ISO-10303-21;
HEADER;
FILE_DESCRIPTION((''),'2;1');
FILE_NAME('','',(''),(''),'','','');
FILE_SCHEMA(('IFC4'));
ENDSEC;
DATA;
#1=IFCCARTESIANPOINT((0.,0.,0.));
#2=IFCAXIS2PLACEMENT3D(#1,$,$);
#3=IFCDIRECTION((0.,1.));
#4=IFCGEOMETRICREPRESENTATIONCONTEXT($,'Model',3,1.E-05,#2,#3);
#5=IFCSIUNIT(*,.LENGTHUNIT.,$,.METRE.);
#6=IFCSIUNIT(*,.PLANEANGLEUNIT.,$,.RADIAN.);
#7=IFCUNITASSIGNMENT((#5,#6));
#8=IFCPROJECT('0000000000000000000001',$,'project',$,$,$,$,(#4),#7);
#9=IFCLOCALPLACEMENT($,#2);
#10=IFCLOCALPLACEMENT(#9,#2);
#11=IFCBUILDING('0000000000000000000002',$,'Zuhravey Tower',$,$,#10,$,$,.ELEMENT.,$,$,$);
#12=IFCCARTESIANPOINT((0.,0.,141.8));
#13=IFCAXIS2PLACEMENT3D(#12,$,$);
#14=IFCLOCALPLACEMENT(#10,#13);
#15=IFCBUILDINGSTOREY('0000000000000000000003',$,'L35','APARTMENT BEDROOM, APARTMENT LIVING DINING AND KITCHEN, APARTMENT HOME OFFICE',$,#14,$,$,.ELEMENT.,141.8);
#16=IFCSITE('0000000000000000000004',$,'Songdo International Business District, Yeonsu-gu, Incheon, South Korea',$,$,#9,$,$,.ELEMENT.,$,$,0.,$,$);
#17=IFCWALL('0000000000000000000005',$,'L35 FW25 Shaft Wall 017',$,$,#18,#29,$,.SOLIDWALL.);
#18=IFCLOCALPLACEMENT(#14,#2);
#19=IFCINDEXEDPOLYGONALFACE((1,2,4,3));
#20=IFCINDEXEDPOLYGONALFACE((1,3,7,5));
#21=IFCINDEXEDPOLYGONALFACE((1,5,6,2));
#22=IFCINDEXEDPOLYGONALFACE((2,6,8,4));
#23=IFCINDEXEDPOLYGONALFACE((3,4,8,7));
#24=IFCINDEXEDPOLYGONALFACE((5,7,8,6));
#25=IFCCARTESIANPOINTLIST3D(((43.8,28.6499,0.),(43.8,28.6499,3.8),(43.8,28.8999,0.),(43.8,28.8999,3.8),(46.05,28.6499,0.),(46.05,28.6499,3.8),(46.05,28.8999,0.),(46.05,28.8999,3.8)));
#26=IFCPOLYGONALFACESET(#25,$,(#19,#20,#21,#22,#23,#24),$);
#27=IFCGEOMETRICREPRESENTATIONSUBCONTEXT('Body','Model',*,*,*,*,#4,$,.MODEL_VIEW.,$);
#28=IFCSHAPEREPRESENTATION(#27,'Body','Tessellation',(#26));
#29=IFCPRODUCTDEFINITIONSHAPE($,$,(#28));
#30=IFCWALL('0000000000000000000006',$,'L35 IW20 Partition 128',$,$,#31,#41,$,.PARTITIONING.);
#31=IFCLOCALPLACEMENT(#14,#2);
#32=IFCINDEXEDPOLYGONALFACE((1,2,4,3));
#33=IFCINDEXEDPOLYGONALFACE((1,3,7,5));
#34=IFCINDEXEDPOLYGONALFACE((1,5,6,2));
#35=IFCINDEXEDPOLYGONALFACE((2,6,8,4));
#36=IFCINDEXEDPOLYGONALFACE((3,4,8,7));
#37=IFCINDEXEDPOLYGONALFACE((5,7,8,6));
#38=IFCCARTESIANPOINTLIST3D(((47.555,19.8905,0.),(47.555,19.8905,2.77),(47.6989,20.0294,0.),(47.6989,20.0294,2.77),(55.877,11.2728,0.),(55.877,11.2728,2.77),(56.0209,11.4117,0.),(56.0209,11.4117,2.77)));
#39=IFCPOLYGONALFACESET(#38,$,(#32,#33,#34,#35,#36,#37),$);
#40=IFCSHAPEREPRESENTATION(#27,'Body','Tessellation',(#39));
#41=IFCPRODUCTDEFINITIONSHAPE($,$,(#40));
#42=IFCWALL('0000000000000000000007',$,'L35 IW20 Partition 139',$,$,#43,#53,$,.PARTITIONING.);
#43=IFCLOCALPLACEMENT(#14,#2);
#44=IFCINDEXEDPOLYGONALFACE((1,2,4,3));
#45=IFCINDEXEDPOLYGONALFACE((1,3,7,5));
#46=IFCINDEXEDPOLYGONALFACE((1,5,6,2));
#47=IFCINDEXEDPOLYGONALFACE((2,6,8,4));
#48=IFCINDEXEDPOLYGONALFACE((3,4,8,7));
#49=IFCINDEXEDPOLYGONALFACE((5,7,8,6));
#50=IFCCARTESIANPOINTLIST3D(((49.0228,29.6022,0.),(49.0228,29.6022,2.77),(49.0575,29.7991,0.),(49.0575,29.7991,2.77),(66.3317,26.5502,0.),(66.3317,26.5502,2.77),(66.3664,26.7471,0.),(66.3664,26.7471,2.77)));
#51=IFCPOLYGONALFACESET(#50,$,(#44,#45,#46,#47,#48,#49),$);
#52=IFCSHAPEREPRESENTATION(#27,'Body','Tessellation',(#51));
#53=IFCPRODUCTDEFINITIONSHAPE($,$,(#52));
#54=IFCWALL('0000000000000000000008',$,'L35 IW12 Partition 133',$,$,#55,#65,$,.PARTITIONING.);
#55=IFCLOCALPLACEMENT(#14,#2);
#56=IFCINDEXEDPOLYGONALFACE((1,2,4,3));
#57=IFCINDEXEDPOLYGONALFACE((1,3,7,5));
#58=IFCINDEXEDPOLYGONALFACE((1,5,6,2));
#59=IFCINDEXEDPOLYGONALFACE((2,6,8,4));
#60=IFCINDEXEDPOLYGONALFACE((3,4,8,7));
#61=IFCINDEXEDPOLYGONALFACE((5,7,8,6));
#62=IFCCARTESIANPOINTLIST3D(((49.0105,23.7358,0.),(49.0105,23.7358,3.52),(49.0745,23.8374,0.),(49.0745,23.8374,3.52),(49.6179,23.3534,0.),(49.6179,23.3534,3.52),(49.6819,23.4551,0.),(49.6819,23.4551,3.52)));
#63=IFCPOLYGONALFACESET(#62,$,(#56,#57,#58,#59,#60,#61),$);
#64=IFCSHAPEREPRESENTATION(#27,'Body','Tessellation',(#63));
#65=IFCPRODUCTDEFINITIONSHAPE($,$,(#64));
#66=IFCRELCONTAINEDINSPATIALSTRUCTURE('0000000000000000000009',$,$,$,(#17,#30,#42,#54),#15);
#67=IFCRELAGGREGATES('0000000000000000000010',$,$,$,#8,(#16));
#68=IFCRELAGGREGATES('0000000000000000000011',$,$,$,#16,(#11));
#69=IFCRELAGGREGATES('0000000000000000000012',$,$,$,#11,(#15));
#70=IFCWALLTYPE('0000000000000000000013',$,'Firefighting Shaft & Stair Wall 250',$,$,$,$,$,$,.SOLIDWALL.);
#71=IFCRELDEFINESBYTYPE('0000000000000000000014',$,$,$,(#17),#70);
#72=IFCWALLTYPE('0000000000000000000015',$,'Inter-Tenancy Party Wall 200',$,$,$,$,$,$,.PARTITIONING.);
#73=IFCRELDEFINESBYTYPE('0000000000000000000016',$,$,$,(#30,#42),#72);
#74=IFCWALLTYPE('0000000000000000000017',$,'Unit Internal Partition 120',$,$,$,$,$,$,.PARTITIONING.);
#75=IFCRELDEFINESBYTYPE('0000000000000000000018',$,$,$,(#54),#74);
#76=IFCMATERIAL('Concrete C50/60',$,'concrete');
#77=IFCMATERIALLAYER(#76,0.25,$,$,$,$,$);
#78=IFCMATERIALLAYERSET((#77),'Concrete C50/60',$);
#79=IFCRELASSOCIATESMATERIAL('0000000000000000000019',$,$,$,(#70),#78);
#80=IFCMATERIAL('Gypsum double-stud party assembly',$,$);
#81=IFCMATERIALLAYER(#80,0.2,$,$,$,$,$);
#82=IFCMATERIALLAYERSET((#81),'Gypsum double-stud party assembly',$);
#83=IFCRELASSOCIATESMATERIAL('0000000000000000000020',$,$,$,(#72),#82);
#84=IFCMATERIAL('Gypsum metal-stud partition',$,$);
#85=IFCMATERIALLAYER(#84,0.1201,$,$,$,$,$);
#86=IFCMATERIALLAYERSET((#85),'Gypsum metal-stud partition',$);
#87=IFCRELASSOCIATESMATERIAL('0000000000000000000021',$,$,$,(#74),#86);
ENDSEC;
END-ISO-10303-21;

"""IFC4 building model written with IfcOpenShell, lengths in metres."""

from ifc_helpers import new_model, si_unit, direction, frame, frame_2d, origin, place, context, subcontext, project, spatial, rectangle, extrude, material, layer, layer_set, type_object, element, save


model = new_model("IFC4")

# Units and contexts
model_context = context("Model", 3, precision=1e-05, world=origin(), true_north=direction((0.0, 1.0)))
body_context = subcontext(model_context, "Body", "Model", "MODEL_VIEW")
ifc_project = project(units=[si_unit("LENGTHUNIT", "METRE"), si_unit("PLANEANGLEUNIT", "RADIAN")], contexts=[model_context])

# Site, building, storey
site_placement = place(None, origin())
site = spatial("IfcSite", under=ifc_project, at=site_placement, Name="Songdo International Business District, Yeonsu-gu, Incheon, South Korea", CompositionType="ELEMENT", RefElevation=0.0)
building_placement = place(site_placement, origin())
building = spatial("IfcBuilding", under=site, at=building_placement, Name="Zuhravey Tower", CompositionType="ELEMENT")
storey_placement = place(building_placement, frame((0.0, 0.0, 141.8)))
storey = spatial("IfcBuildingStorey", under=building, at=storey_placement, Name="L35", Description="APARTMENT BEDROOM, APARTMENT LIVING DINING AND KITCHEN, APARTMENT HOME OFFICE", CompositionType="ELEMENT", Elevation=141.8)

# Walls
ifc_material_1 = material(Name="Concrete C50/60", Category="concrete")
ifc_layer_1 = layer(ifc_material_1, 0.25)
ifc_layer_set_1 = layer_set([ifc_layer_1], Name="Concrete C50/60")
wall_type_1 = type_object("IfcWallType", Name="Firefighting Shaft & Stair Wall 250", PredefinedType="SOLIDWALL", material=ifc_layer_set_1)
for number, where, z_axis, x_axis, name in (
    (1, (43.8, 28.7749, 0.0), (0.0, 0.0, 1.0), (1.0, 0.0, 0.0), "L35 FW25 Shaft Wall 017"),
):
    element("IfcWall", number, at=place(storey_placement, frame(where, z_axis=z_axis, x_axis=x_axis)), inside=storey, type_object=wall_type_1, Name=name, PredefinedType="SOLIDWALL", context=body_context, shape_type="SweptSolid", body=[
        extrude(rectangle(XDim=2.25, YDim=0.25, at=frame_2d((1.125, 0.0))), origin(), (0.0, 0.0, 1.0), 3.8),
    ])
ifc_material_2 = material(Name="Gypsum double-stud party assembly")
ifc_layer_2 = layer(ifc_material_2, 0.2)
ifc_layer_set_2 = layer_set([ifc_layer_2], Name="Gypsum double-stud party assembly")
wall_type_2 = type_object("IfcWallType", Name="Inter-Tenancy Party Wall 200", PredefinedType="PARTITIONING", material=ifc_layer_set_2)
wall_1_placement = place(storey_placement, frame((47.627, 19.96, 0.0), z_axis=(0.0, 0.0, 1.0), x_axis=(0.69466, -0.719339, 0.0)))
element("IfcWall", 2, at=wall_1_placement, inside=storey, type_object=wall_type_2, Name="L35 IW20 Partition 128", PredefinedType="PARTITIONING", context=body_context, shape_type="SweptSolid", body=[
    extrude(rectangle(XDim=11.98, YDim=0.2, at=frame_2d((5.99, 0.0))), origin(), (0.0, 0.0, 1.0), 2.77),
])
wall_2_placement = place(storey_placement, frame((49.04, 29.7007, 0.0), z_axis=(0.0, 0.0, 1.0), x_axis=(0.984808, -0.173647, 0.0)))
element("IfcWall", 3, at=wall_2_placement, inside=storey, type_object=wall_type_2, Name="L35 IW20 Partition 139", PredefinedType="PARTITIONING", context=body_context, shape_type="SweptSolid", body=[
    extrude(rectangle(XDim=17.5759, YDim=0.2, at=frame_2d((8.7881, 0.0))), origin(), (0.0, 0.0, 1.0), 2.77),
])
ifc_material_3 = material(Name="Gypsum metal-stud partition")
ifc_layer_3 = layer(ifc_material_3, 0.1201)
ifc_layer_set_3 = layer_set([ifc_layer_3], Name="Gypsum metal-stud partition")
wall_type_3 = type_object("IfcWallType", Name="Unit Internal Partition 120", PredefinedType="PARTITIONING", material=ifc_layer_set_3)
wall_3_placement = place(storey_placement, frame((49.0425, 23.7866, 0.0), z_axis=(0.0, 0.0, 1.0), x_axis=(0.846312, -0.532687, 0.0)))
element("IfcWall", 4, at=wall_3_placement, inside=storey, type_object=wall_type_3, Name="L35 IW12 Partition 133", PredefinedType="PARTITIONING", context=body_context, shape_type="SweptSolid", body=[
    extrude(rectangle(XDim=0.7178, YDim=0.1201, at=frame_2d((0.3589, 0.0))), origin(), (0.0, 0.0, 1.0), 3.52),
])

save(model, "model.ifc")
